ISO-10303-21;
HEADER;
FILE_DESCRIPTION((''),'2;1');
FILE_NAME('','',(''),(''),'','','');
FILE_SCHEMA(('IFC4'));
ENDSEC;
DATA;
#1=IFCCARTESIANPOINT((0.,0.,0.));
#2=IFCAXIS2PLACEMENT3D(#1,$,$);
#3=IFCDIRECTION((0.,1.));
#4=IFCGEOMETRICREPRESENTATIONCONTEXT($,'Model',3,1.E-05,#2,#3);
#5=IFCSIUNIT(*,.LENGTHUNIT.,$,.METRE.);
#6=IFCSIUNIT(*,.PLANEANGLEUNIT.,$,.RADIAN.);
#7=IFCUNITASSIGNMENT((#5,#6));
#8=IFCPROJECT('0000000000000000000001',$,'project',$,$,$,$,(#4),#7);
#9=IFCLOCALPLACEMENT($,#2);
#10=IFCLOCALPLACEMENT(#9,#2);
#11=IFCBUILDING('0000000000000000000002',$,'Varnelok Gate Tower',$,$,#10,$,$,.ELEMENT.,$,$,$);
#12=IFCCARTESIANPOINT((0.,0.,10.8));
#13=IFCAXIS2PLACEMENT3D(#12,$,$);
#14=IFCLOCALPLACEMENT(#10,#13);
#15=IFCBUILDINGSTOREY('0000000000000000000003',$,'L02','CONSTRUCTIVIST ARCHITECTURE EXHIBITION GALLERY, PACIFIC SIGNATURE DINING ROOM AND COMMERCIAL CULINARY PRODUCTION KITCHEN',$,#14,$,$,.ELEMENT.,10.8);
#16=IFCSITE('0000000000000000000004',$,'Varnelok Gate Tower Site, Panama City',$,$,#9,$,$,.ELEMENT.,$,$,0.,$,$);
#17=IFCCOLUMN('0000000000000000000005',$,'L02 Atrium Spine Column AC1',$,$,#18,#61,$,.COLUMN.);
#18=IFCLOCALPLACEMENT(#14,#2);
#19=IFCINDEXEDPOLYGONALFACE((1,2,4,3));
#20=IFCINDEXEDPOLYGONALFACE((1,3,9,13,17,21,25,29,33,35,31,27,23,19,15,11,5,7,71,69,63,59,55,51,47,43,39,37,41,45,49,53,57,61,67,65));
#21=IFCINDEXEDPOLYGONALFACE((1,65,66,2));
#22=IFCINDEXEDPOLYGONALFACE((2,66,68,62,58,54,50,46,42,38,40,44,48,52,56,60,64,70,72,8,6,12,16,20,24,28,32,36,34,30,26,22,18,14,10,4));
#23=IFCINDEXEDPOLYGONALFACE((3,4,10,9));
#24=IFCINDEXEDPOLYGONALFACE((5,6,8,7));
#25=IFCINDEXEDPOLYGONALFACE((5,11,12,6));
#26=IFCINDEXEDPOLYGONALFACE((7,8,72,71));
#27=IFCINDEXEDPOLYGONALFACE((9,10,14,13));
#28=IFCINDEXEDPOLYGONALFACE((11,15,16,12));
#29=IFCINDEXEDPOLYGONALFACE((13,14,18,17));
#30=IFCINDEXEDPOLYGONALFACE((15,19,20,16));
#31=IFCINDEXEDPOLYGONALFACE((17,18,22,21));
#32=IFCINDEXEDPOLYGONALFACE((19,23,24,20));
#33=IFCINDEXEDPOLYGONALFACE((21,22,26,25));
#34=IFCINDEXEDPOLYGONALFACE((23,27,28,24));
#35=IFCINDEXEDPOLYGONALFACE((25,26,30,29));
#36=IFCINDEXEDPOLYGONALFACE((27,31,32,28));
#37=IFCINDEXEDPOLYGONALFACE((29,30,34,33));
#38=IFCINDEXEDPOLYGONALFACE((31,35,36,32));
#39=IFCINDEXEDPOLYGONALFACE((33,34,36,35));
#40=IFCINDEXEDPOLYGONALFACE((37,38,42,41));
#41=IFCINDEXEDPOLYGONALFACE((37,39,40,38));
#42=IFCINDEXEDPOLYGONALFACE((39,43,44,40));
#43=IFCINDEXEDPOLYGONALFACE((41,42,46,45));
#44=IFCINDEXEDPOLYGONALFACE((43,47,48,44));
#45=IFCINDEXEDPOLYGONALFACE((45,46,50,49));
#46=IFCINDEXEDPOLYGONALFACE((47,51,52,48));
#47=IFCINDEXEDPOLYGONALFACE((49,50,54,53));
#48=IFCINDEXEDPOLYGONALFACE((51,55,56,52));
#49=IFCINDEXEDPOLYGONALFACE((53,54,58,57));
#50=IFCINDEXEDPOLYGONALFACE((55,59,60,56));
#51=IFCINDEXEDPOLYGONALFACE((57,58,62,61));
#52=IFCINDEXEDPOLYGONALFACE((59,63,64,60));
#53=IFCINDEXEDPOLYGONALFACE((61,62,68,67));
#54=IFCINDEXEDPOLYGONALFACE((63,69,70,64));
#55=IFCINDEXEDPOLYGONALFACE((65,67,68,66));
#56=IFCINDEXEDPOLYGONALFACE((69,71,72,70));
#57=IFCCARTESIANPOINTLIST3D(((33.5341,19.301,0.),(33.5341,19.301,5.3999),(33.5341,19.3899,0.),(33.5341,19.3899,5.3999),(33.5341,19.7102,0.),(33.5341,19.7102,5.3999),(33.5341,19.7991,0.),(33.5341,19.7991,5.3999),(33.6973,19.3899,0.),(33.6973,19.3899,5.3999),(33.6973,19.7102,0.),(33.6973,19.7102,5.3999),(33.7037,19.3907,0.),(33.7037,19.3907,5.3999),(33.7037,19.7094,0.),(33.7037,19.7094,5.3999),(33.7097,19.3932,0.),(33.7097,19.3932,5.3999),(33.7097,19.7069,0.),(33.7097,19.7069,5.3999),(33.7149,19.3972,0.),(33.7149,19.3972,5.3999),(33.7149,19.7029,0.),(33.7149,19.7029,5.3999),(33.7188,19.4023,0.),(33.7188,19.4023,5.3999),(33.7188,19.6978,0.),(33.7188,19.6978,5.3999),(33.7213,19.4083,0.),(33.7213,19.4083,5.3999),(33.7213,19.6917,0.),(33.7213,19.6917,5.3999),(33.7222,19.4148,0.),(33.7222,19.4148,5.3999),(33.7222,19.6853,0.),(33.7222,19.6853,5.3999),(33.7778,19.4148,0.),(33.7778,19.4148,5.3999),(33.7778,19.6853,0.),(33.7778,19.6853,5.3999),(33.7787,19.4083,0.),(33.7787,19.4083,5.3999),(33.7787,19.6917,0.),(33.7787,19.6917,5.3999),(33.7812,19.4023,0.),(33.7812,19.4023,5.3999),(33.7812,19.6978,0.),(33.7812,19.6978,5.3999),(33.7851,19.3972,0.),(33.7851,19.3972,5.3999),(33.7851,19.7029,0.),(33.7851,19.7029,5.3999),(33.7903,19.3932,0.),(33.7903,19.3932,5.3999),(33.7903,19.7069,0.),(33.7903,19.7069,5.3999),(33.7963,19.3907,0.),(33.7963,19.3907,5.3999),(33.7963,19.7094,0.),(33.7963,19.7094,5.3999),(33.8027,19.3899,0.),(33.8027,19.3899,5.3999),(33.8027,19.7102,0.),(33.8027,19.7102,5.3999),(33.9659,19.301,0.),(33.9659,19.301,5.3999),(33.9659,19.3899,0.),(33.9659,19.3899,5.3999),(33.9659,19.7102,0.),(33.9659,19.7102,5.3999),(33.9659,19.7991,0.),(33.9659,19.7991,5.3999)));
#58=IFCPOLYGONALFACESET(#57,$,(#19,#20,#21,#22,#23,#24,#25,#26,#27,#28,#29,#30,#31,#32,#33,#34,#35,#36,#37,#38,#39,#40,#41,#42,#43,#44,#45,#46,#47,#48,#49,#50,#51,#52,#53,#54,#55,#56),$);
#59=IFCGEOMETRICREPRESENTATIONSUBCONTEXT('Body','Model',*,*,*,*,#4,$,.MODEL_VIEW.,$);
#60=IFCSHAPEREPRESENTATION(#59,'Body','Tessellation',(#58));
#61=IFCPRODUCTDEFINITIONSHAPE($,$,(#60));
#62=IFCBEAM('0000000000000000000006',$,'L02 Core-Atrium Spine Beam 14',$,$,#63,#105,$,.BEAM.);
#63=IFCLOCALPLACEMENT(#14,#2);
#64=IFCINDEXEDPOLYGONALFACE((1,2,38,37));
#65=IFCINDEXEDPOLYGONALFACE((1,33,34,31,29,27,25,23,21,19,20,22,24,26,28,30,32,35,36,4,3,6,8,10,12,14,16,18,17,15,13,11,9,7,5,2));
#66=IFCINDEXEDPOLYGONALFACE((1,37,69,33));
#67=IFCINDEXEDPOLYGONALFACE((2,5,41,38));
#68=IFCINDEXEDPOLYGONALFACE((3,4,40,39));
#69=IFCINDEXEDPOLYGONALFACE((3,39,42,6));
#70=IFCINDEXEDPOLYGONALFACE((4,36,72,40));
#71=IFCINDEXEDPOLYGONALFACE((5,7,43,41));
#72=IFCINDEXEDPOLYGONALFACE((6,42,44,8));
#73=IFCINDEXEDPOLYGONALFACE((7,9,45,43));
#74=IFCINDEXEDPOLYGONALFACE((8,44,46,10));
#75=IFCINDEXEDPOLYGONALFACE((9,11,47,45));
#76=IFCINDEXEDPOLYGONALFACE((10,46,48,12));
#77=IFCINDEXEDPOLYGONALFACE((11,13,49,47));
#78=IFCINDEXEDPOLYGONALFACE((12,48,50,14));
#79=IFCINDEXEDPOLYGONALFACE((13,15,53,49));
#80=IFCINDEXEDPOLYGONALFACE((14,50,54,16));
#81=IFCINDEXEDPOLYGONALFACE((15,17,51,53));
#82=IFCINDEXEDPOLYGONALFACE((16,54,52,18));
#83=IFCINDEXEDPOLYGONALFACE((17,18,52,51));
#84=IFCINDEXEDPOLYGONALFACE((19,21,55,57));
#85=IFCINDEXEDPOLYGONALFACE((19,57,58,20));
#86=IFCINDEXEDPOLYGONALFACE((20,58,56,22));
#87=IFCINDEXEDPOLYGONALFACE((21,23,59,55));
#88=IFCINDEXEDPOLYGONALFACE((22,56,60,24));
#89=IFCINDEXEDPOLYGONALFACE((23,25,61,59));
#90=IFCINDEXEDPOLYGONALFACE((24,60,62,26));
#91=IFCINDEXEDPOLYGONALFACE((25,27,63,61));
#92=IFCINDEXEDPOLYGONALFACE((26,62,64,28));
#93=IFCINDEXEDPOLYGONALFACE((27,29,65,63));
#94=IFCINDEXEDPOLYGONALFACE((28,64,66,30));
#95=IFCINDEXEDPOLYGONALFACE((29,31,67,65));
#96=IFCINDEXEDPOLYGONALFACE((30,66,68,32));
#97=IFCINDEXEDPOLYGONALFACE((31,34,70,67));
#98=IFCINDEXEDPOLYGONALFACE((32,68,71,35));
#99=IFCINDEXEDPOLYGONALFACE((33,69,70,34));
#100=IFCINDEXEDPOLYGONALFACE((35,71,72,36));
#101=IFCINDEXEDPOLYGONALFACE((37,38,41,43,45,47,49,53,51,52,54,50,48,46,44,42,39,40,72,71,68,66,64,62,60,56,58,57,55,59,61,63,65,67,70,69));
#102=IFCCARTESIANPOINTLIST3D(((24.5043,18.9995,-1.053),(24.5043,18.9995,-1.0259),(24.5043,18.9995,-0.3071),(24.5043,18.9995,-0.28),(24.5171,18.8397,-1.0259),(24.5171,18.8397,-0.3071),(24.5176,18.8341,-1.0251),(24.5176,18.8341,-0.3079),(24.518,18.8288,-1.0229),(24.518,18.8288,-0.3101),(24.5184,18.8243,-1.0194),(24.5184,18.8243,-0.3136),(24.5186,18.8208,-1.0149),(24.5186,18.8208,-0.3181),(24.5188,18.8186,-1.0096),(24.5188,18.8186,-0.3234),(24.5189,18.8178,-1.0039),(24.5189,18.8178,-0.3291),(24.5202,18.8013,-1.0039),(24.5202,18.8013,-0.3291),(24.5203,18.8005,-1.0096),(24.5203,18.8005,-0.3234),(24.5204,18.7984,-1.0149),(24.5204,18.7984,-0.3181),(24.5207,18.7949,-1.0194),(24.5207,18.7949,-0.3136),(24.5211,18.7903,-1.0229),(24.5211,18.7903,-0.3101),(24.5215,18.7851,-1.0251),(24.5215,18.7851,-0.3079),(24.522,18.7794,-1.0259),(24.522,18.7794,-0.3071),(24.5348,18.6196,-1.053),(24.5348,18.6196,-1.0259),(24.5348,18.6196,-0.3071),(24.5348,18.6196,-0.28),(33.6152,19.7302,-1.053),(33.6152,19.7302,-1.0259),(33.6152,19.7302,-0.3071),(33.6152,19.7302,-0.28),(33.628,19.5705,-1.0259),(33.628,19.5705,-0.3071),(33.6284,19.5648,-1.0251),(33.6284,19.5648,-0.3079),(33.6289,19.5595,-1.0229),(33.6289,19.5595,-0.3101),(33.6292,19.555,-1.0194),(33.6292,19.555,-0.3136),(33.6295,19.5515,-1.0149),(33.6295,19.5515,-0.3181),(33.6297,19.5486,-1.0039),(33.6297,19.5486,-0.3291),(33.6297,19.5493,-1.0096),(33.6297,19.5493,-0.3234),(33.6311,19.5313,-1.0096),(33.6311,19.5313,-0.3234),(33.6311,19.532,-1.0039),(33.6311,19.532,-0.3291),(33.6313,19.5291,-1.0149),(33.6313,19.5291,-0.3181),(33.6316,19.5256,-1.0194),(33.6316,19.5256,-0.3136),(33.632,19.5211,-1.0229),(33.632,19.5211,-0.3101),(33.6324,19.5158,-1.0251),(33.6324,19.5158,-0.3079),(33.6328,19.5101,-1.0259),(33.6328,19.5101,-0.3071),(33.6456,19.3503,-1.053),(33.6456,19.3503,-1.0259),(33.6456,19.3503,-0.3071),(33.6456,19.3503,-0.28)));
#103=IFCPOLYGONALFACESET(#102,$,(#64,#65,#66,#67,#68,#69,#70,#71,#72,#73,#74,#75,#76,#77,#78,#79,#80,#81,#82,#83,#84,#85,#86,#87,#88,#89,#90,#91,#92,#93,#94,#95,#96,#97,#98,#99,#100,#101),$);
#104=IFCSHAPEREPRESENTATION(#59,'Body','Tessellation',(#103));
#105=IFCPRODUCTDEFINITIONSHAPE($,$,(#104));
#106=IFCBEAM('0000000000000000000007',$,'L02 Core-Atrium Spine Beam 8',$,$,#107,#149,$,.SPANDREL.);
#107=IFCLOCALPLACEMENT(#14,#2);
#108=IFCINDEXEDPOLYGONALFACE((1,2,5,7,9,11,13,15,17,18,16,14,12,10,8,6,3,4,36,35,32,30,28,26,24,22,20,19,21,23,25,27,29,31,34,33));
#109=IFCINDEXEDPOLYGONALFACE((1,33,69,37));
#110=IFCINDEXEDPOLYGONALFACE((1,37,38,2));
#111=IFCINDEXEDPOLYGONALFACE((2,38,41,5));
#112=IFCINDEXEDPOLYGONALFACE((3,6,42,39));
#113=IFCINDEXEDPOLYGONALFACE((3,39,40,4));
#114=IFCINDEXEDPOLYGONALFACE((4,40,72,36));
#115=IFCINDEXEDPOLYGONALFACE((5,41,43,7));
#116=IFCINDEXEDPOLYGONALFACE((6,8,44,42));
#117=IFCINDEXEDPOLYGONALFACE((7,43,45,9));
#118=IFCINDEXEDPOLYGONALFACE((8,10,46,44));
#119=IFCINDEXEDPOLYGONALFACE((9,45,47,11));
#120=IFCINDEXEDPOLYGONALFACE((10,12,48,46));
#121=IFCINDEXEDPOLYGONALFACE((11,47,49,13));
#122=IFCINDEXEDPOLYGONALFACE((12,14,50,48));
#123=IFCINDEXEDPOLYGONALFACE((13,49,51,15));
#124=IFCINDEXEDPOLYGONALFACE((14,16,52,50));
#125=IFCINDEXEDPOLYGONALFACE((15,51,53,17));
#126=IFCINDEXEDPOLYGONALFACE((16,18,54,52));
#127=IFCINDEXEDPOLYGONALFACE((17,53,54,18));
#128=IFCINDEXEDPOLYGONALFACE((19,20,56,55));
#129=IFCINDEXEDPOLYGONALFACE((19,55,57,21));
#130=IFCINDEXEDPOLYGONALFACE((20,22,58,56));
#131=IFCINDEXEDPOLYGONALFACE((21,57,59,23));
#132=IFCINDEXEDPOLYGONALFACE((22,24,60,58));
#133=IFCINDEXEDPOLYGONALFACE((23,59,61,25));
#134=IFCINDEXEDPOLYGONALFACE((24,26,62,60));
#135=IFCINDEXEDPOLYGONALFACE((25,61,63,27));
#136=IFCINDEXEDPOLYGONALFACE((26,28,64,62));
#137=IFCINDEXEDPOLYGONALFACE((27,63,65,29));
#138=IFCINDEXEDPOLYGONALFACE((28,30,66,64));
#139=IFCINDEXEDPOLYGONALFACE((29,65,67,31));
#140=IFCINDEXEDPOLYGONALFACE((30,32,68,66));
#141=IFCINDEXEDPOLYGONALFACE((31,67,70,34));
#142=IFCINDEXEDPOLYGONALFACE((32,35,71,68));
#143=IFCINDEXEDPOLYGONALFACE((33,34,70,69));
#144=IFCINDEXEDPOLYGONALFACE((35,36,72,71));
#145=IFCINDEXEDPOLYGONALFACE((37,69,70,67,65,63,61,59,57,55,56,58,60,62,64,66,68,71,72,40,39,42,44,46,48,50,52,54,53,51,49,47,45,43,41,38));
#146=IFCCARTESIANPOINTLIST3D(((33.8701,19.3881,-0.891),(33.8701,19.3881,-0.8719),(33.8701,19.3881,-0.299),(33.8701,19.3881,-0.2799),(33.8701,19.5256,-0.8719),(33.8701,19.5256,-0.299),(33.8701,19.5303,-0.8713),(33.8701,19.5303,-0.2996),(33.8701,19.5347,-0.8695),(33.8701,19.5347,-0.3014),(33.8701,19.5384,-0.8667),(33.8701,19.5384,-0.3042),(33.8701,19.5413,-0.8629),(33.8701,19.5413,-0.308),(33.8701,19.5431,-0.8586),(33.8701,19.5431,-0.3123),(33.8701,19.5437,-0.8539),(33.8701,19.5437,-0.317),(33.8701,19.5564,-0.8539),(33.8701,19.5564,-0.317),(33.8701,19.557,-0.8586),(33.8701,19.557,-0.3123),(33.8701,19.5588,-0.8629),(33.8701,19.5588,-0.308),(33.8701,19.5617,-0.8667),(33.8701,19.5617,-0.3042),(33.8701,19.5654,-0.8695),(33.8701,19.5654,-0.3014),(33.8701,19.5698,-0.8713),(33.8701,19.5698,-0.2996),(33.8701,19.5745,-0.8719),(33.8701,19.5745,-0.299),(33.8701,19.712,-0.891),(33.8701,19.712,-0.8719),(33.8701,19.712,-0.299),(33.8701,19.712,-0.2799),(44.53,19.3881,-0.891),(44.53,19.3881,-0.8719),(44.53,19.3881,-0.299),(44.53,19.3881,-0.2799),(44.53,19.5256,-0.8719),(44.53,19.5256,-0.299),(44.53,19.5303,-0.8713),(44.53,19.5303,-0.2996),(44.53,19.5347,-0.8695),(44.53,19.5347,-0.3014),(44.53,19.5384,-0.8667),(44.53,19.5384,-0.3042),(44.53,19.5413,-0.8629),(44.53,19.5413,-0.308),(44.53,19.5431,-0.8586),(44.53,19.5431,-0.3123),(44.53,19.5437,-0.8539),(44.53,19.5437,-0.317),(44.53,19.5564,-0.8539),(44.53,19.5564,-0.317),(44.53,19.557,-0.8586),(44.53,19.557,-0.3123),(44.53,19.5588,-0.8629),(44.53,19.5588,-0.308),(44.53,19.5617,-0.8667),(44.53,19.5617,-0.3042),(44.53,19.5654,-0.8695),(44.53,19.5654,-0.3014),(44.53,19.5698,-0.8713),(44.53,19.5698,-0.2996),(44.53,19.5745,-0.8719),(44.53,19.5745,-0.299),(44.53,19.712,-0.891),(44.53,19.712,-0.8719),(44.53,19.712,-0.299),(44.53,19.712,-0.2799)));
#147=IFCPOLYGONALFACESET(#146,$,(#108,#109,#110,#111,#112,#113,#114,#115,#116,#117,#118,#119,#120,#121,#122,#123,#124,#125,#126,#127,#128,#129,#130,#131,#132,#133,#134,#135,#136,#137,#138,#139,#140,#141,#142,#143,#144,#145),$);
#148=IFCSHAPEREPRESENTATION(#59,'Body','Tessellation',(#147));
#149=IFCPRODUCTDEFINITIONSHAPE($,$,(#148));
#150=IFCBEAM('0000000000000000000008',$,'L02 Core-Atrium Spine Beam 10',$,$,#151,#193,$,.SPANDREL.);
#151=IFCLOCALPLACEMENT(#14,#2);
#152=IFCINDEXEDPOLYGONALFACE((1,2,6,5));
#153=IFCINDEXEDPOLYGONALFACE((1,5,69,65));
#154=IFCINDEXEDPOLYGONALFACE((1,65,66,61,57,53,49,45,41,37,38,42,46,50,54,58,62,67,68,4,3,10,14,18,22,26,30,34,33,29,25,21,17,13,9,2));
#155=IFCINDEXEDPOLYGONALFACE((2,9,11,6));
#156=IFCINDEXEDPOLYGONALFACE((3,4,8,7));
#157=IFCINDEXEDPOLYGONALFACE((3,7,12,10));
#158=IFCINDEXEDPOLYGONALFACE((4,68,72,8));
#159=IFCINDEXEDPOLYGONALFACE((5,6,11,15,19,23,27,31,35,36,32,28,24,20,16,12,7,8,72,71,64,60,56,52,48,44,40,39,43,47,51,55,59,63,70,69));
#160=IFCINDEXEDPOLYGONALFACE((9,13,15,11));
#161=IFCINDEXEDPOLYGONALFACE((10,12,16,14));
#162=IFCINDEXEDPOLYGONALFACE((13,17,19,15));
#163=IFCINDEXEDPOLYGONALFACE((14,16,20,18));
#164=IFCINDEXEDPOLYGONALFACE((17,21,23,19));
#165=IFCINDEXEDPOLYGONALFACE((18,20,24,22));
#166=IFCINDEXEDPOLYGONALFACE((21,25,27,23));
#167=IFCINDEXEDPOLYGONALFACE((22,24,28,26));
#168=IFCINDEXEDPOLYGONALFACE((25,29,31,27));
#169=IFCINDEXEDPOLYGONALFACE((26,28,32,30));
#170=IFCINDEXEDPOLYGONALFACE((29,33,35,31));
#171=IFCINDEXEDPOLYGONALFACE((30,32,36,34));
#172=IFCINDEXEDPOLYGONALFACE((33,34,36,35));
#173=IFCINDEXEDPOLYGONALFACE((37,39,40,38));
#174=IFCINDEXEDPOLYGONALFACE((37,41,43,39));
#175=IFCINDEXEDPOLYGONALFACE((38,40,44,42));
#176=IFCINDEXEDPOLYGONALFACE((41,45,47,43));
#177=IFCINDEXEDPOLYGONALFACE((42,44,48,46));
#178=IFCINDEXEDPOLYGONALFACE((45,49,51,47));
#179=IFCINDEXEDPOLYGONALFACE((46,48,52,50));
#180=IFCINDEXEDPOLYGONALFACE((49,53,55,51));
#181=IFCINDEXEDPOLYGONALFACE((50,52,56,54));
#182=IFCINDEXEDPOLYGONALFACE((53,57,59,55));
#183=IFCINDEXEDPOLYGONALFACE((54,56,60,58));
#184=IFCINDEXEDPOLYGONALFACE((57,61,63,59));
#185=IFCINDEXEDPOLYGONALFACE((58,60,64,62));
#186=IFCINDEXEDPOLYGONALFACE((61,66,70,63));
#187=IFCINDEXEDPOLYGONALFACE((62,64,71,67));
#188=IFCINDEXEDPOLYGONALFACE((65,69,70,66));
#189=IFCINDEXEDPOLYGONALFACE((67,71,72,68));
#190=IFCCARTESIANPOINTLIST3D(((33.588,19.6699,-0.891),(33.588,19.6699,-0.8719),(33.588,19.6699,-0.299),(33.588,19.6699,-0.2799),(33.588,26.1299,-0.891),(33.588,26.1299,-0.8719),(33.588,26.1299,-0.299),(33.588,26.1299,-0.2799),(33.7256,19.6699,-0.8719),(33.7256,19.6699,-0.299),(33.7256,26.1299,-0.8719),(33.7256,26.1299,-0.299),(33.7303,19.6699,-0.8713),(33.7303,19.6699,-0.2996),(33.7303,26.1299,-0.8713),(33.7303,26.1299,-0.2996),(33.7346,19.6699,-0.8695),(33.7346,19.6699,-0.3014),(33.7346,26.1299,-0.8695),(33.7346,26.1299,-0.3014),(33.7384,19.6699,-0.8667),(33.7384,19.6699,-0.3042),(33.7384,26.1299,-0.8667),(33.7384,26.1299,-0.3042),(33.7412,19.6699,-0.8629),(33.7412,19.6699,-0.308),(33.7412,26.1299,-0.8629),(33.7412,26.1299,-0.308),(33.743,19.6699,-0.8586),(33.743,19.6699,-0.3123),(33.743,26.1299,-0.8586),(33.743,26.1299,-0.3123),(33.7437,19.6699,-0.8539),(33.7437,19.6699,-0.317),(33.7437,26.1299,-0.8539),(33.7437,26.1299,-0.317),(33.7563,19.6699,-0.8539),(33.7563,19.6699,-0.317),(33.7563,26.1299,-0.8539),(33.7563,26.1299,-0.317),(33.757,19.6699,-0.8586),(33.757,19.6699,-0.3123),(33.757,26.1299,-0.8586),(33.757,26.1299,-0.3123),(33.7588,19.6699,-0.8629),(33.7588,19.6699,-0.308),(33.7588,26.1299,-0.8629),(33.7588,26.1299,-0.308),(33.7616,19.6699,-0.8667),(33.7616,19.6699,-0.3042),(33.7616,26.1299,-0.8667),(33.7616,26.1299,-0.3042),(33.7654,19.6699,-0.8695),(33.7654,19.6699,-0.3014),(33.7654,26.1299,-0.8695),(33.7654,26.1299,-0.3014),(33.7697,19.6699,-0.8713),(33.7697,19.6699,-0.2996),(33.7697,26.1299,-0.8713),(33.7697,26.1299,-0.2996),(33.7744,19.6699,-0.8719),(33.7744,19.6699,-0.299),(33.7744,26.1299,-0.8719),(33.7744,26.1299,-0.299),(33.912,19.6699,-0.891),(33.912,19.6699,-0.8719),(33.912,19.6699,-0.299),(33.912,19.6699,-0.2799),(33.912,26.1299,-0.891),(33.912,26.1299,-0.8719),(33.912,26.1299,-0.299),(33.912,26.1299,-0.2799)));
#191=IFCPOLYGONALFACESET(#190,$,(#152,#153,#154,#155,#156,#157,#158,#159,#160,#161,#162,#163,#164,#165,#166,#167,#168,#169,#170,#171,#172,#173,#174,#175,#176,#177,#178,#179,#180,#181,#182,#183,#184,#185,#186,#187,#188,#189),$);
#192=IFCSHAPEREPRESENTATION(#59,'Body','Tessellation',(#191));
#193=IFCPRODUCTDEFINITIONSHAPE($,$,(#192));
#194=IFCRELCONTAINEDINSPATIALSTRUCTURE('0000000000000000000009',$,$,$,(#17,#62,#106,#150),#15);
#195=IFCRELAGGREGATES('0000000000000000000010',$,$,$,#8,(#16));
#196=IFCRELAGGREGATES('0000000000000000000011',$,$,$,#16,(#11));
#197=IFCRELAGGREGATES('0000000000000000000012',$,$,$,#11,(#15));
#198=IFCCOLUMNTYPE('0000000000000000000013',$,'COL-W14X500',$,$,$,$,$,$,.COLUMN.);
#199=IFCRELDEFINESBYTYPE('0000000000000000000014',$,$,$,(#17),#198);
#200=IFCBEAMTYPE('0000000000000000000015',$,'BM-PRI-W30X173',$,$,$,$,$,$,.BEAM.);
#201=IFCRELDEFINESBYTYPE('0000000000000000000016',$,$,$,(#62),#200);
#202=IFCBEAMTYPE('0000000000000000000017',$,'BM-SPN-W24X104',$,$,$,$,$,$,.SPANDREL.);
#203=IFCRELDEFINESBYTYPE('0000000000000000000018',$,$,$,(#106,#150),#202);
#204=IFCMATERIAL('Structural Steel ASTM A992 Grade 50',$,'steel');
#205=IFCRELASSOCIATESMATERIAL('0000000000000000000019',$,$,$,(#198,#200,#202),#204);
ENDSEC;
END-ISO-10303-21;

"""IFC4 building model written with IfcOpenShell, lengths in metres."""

from ifc_helpers import new_model, si_unit, direction, frame, origin, origin_2d, place, context, subcontext, project, spatial, i_section, extrude, material, material_profile, profile_set, type_object, element, save


model = new_model("IFC4")

# Units and contexts
model_context = context("Model", 3, precision=1e-05, world=origin(), true_north=direction((0.0, 1.0)))
body_context = subcontext(model_context, "Body", "Model", "MODEL_VIEW")
ifc_project = project(units=[si_unit("LENGTHUNIT", "METRE"), si_unit("PLANEANGLEUNIT", "RADIAN")], contexts=[model_context])

# Site, building, storey
site_placement = place(None, origin())
site = spatial("IfcSite", under=ifc_project, at=site_placement, Name="Varnelok Gate Tower Site, Panama City", CompositionType="ELEMENT", RefElevation=0.0)
building_placement = place(site_placement, origin())
building = spatial("IfcBuilding", under=site, at=building_placement, Name="Varnelok Gate Tower", CompositionType="ELEMENT")
storey_placement = place(building_placement, frame((0.0, 0.0, 10.8)))
storey = spatial("IfcBuildingStorey", under=building, at=storey_placement, Name="L02", Description="CONSTRUCTIVIST ARCHITECTURE EXHIBITION GALLERY, PACIFIC SIGNATURE DINING ROOM AND COMMERCIAL CULINARY PRODUCTION KITCHEN", CompositionType="ELEMENT", Elevation=10.8)

# Column
ifc_material_1 = material(Name="Structural Steel ASTM A992 Grade 50", Category="steel")
ifc_material_profile_1 = material_profile(ifc_material_1, i_section(OverallWidth=0.4319, OverallDepth=0.498, WebThickness=0.0557, FlangeThickness=0.0889, FilletRadius=0.0249, at=origin_2d()), Name="W14X500")
ifc_profile_set_1 = profile_set([ifc_material_profile_1], Name="Structural Steel ASTM A992 Grade 50")
column_type = type_object("IfcColumnType", Name="COL-W14X500", PredefinedType="COLUMN", material=ifc_profile_set_1)
column_placement = place(storey_placement, frame((33.75, 19.55, 0.0), z_axis=(0.0, 0.0, 1.0), x_axis=(1.0, 0.0, 0.0)))
element("IfcColumn", 1, at=column_placement, inside=storey, type_object=column_type, Name="L02 Atrium Spine Column AC1", PredefinedType="COLUMN", context=body_context, shape_type="SweptSolid", body=[
    extrude(i_section(OverallWidth=0.4319, OverallDepth=0.498, WebThickness=0.0557, FlangeThickness=0.0889, FilletRadius=0.0249, at=origin_2d()), origin(), (0.0, 0.0, 1.0), 5.3999),
])

# Beams
ifc_material_profile_2 = material_profile(ifc_material_1, i_section(OverallWidth=0.3811, OverallDepth=0.7729, WebThickness=0.0166, FlangeThickness=0.0271, FilletRadius=0.022, at=origin_2d()), Name="W30X173")
ifc_profile_set_2 = profile_set([ifc_material_profile_2], Name="Structural Steel ASTM A992 Grade 50")
beam_type_1 = type_object("IfcBeamType", Name="BM-PRI-W30X173", PredefinedType="BEAM", material=ifc_profile_set_2)
beam_1_placement = place(storey_placement, frame((24.5195, 18.8096, -0.6665), z_axis=(0.996799, 0.079946, 0.0), x_axis=(-0.079946, 0.996799, 0.0)))
element("IfcBeam", 2, at=beam_1_placement, inside=storey, type_object=beam_type_1, Name="L02 Core-Atrium Spine Beam 14", PredefinedType="BEAM", context=body_context, shape_type="SweptSolid", body=[
    extrude(i_section(OverallWidth=0.3811, OverallDepth=0.7729, WebThickness=0.0166, FlangeThickness=0.0271, FilletRadius=0.022, at=origin_2d()), origin(), (0.0, 0.0, 1.0), 9.1401),
])
ifc_material_profile_3 = material_profile(ifc_material_1, i_section(OverallWidth=0.324, OverallDepth=0.6111, WebThickness=0.0127, FlangeThickness=0.019, FilletRadius=0.0181, at=origin_2d()), Name="W24X104")
ifc_profile_set_3 = profile_set([ifc_material_profile_3], Name="Structural Steel ASTM A992 Grade 50")
beam_type_2 = type_object("IfcBeamType", Name="BM-SPN-W24X104", PredefinedType="SPANDREL", material=ifc_profile_set_3)
beam_2_placement = place(storey_placement, frame((33.8701, 19.55, -0.5854), z_axis=(1.0, 0.0, 0.0), x_axis=(0.0, 1.0, 0.0)))
element("IfcBeam", 3, at=beam_2_placement, inside=storey, type_object=beam_type_2, Name="L02 Core-Atrium Spine Beam 8", PredefinedType="SPANDREL", context=body_context, shape_type="SweptSolid", body=[
    extrude(i_section(OverallWidth=0.324, OverallDepth=0.6111, WebThickness=0.0127, FlangeThickness=0.019, FilletRadius=0.0181, at=origin_2d()), origin(), (0.0, 0.0, 1.0), 10.6599),
])
beam_3_placement = place(storey_placement, frame((33.75, 19.6699, -0.5854), z_axis=(0.0, 1.0, 0.0), x_axis=(-1.0, 0.0, 0.0)))
element("IfcBeam", 4, at=beam_3_placement, inside=storey, type_object=beam_type_2, Name="L02 Core-Atrium Spine Beam 10", PredefinedType="SPANDREL", context=body_context, shape_type="SweptSolid", body=[
    extrude(i_section(OverallWidth=0.324, OverallDepth=0.6111, WebThickness=0.0127, FlangeThickness=0.019, FilletRadius=0.0181, at=origin_2d()), origin(), (0.0, 0.0, 1.0), 6.46),
])

save(model, "model.ifc")
